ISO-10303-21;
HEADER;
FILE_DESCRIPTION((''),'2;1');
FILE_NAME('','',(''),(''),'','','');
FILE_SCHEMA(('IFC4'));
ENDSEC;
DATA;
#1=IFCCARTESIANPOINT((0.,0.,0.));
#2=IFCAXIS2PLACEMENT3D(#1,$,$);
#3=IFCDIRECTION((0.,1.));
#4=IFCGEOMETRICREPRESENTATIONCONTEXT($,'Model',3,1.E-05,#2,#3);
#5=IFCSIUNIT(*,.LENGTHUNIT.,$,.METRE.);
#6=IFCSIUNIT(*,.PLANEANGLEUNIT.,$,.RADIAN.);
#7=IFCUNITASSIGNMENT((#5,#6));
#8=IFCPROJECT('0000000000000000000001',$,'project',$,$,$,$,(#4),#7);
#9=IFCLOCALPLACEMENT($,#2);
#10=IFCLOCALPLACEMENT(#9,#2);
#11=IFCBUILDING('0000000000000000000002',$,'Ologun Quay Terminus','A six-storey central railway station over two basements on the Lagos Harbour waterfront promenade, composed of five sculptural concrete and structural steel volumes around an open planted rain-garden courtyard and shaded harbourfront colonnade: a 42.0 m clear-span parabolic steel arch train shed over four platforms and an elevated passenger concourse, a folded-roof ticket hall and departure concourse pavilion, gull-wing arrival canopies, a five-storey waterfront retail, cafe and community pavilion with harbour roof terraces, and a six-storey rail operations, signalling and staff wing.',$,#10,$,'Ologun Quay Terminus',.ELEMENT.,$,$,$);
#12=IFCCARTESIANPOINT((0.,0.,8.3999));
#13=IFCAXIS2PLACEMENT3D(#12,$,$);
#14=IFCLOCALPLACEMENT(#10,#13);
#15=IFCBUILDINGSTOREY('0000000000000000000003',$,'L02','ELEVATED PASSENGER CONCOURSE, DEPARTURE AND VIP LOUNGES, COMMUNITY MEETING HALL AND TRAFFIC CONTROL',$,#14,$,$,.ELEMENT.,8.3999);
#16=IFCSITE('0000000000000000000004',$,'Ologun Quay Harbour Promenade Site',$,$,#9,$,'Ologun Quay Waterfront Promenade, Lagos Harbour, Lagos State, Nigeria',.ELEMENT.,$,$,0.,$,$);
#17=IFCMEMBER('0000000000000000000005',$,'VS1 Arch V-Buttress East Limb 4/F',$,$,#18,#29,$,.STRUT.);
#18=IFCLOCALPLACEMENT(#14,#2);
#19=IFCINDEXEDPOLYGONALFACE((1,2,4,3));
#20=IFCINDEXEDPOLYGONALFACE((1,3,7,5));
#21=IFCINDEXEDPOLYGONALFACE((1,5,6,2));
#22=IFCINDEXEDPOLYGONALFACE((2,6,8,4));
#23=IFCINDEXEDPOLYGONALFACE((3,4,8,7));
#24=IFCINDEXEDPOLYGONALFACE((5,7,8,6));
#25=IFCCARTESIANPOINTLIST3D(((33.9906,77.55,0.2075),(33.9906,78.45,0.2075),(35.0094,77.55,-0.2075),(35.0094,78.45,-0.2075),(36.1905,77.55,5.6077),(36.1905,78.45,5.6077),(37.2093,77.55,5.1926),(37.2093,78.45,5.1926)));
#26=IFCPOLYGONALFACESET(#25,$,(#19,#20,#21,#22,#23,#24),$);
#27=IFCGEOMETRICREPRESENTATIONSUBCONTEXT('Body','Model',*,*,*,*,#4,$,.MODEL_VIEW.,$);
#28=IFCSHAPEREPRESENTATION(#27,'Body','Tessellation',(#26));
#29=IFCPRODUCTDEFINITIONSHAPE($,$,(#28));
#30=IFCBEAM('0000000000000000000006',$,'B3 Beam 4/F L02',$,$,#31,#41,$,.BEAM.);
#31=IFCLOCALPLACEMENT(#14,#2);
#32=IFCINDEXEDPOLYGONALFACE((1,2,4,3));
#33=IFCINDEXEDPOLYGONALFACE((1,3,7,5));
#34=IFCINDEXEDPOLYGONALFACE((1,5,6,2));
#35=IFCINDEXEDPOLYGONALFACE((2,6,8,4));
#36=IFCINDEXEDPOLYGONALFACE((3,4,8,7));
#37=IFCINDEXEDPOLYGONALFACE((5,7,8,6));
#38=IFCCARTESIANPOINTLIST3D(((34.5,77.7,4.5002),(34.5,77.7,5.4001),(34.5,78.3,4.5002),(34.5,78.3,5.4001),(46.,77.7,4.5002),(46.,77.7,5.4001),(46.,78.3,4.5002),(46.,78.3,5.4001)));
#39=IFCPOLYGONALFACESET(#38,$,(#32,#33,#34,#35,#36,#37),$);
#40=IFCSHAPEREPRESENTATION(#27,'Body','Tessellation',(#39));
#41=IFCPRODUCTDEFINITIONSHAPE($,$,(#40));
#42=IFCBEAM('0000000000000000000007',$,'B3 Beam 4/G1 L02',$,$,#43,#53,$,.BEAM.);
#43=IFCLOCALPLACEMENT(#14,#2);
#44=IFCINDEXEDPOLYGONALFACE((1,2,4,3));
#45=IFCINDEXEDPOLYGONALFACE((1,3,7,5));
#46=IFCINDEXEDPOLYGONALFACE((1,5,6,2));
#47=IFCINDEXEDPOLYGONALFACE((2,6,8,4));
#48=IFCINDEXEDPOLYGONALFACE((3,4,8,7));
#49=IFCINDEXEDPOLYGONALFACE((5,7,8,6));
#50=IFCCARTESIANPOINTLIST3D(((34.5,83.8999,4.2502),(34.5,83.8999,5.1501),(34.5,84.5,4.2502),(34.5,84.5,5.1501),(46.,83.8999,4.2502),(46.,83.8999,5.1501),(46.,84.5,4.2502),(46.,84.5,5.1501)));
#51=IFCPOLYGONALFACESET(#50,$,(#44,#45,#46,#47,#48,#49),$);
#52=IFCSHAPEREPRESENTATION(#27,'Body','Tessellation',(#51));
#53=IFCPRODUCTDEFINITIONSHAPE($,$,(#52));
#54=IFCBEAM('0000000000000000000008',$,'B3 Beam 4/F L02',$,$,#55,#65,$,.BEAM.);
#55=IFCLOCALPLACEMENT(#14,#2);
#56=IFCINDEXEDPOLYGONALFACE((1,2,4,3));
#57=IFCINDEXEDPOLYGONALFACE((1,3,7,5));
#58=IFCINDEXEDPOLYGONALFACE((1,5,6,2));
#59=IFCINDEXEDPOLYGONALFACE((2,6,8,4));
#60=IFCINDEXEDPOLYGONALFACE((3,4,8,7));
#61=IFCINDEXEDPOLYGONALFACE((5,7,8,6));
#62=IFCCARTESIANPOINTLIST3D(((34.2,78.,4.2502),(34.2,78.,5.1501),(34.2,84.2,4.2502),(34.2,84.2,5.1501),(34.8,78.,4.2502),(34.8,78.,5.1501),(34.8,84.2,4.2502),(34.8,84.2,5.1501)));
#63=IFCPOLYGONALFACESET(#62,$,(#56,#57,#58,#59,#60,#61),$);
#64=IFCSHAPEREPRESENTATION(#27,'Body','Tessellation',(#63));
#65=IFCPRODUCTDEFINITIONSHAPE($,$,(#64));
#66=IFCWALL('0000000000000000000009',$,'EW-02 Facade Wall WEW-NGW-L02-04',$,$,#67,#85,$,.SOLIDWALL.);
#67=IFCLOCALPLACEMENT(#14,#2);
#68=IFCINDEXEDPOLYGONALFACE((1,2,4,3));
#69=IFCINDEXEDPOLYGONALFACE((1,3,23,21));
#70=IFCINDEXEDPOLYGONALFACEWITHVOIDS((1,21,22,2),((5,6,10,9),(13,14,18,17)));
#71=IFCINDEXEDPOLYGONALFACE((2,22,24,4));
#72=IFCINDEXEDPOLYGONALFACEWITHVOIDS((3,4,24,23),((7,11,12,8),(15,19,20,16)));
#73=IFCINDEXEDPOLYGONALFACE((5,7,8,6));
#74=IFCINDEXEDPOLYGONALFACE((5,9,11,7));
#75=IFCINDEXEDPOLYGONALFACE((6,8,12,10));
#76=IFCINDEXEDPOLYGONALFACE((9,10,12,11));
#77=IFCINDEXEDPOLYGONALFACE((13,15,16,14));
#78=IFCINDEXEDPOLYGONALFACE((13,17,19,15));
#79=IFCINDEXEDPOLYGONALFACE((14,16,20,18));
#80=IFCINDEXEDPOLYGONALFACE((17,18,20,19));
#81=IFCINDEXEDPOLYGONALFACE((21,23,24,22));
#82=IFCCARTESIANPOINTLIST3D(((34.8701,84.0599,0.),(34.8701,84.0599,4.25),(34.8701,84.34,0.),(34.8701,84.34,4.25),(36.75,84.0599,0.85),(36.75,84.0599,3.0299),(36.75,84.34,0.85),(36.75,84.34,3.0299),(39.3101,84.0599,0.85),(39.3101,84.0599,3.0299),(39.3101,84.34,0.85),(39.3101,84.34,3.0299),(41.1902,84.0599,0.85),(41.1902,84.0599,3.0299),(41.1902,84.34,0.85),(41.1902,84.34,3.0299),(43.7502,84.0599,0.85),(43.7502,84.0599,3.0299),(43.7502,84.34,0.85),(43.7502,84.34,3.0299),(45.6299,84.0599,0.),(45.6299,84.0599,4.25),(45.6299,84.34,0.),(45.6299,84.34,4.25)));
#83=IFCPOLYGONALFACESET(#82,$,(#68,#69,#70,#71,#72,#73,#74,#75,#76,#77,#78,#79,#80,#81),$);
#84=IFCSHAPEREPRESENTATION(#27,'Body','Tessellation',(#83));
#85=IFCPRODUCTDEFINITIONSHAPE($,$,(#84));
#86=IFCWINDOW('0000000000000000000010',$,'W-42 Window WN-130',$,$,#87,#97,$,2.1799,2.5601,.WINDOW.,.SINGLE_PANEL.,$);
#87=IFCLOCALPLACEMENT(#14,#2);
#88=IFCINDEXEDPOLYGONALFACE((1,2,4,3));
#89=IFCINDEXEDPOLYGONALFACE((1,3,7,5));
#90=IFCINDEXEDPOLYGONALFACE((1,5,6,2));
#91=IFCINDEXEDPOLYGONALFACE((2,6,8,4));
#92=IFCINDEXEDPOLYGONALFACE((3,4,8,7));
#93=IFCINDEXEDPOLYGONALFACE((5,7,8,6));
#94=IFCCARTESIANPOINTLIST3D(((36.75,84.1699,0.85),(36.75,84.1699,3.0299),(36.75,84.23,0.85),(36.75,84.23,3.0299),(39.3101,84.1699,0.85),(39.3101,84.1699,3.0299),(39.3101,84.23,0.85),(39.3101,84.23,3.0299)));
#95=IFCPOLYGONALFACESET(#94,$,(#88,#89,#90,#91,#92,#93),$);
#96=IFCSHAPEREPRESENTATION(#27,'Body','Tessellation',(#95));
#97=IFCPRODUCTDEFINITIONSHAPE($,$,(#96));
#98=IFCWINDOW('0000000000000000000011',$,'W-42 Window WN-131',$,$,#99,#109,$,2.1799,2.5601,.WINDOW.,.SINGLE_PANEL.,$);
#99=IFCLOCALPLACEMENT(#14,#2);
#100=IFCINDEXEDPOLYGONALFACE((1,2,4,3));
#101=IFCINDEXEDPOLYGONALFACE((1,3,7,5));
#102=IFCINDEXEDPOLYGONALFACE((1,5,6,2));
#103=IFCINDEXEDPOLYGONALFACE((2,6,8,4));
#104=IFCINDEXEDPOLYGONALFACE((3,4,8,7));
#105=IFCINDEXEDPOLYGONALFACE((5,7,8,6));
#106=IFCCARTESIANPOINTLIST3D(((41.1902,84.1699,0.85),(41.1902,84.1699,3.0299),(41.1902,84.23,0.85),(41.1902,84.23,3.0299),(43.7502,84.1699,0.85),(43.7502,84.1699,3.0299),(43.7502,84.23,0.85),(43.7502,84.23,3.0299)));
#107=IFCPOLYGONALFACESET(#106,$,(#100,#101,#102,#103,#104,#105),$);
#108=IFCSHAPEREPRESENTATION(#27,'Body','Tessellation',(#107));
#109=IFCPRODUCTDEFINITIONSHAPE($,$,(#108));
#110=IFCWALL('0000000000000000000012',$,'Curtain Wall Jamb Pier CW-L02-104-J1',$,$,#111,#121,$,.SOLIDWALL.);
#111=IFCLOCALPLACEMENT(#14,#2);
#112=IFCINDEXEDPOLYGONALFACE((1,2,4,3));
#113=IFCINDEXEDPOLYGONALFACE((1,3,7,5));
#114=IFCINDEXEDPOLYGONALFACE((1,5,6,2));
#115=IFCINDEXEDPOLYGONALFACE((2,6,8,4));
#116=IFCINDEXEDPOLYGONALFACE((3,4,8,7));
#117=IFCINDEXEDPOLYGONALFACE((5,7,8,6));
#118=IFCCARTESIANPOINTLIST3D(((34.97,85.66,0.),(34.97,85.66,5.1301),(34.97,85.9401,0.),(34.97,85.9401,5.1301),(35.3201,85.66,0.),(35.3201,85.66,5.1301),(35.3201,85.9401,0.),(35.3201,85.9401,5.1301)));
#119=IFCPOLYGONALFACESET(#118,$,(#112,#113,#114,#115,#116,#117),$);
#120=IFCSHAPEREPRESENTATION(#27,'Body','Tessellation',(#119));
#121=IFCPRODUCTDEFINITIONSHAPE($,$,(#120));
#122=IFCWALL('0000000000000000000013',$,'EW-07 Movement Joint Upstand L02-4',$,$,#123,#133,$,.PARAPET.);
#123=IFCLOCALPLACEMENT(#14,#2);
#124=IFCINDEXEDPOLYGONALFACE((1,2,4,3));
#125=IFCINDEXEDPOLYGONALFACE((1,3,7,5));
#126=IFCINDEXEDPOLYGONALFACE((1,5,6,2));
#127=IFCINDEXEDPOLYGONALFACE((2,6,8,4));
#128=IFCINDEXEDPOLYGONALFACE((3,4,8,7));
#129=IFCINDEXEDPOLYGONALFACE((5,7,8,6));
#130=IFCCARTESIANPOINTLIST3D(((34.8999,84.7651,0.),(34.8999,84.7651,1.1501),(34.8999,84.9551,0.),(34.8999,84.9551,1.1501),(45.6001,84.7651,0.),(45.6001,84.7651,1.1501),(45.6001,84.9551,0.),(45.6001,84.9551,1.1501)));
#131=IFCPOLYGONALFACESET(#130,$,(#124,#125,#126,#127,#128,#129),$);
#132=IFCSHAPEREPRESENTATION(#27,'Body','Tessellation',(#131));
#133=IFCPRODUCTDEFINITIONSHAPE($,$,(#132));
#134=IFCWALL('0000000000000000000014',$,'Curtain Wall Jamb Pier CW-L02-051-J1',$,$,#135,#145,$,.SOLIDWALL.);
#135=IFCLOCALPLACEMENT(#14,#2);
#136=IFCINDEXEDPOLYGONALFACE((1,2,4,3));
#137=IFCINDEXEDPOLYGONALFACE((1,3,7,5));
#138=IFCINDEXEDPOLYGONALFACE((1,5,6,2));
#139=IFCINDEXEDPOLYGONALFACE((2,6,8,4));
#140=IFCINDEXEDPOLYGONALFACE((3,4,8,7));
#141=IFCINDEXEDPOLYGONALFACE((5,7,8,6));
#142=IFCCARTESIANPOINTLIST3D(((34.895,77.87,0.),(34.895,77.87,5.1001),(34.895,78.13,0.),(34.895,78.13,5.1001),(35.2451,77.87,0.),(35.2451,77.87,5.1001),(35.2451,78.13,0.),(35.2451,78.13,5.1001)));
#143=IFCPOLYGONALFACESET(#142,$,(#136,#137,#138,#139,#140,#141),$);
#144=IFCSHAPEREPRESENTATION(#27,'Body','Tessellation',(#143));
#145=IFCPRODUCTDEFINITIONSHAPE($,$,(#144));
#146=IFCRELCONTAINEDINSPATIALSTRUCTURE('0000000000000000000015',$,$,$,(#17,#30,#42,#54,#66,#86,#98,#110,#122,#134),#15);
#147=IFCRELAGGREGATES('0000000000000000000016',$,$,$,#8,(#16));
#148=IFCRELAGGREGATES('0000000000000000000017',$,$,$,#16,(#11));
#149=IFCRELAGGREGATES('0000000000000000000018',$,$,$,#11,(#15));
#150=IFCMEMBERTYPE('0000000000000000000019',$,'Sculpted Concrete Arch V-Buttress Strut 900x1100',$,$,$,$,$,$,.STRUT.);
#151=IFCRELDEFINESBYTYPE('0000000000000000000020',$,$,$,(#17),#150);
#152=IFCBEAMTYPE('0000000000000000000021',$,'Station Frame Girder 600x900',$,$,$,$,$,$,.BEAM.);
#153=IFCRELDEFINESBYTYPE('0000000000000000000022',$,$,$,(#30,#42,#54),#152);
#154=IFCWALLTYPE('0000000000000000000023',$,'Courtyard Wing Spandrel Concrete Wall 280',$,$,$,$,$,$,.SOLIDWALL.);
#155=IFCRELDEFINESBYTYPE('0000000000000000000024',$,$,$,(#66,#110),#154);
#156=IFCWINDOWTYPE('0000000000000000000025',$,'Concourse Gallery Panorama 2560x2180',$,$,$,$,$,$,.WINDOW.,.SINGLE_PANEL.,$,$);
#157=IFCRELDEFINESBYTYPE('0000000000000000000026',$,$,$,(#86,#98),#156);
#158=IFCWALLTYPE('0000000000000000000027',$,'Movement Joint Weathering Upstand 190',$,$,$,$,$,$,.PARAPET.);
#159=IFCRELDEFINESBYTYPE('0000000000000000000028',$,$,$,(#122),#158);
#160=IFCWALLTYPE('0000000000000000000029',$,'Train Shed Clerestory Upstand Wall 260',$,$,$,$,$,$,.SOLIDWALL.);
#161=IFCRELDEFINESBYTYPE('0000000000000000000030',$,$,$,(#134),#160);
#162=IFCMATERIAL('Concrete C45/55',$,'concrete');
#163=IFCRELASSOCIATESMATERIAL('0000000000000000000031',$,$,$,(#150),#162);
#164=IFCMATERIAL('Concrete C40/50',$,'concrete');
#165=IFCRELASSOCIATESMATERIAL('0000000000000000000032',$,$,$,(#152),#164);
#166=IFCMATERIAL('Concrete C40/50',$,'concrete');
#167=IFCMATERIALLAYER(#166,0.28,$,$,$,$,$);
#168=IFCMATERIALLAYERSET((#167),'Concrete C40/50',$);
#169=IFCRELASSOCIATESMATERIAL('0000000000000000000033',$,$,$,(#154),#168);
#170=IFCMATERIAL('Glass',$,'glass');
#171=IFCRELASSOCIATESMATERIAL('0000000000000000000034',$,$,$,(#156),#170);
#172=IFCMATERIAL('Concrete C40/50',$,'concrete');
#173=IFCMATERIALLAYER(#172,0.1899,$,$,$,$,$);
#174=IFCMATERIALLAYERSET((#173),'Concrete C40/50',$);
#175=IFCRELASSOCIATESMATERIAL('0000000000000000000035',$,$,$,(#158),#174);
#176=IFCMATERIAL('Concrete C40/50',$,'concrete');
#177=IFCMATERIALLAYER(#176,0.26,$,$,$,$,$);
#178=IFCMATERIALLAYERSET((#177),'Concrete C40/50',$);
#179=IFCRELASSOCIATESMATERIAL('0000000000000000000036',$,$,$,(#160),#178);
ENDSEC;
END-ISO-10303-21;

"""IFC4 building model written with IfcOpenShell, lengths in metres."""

from ifc_helpers import new_model, si_unit, direction, frame, frame_2d, origin, origin_2d, place, context, subcontext, project, spatial, rectangle, extrude, material, layer, layer_set, material_profile, profile_set, type_object, element, fill, save


model = new_model("IFC4")

# Units and contexts
model_context = context("Model", 3, precision=1e-05, world=origin(), true_north=direction((0.0, 1.0)))
body_context = subcontext(model_context, "Body", "Model", "MODEL_VIEW")
ifc_project = project(units=[si_unit("LENGTHUNIT", "METRE"), si_unit("PLANEANGLEUNIT", "RADIAN")], contexts=[model_context])

# Site, building, storey
site_placement = place(None, origin())
site = spatial("IfcSite", under=ifc_project, at=site_placement, Name="Ologun Quay Harbour Promenade Site", LongName="Ologun Quay Waterfront Promenade, Lagos Harbour, Lagos State, Nigeria", CompositionType="ELEMENT", RefElevation=0.0)
building_placement = place(site_placement, origin())
building = spatial("IfcBuilding", under=site, at=building_placement, Name="Ologun Quay Terminus", Description="A six-storey central railway station over two basements on the Lagos Harbour waterfront promenade, composed of five sculptural concrete and structural steel volumes around an open planted rain-garden courtyard and shaded harbourfront colonnade: a 42.0 m clear-span parabolic steel arch train shed over four platforms and an elevated passenger concourse, a folded-roof ticket hall and departure concourse pavilion, gull-wing arrival canopies, a five-storey waterfront retail, cafe and community pavilion with harbour roof terraces, and a six-storey rail operations, signalling and staff wing.", LongName="Ologun Quay Terminus", CompositionType="ELEMENT")
storey_placement = place(building_placement, frame((0.0, 0.0, 8.3999)))
storey = spatial("IfcBuildingStorey", under=building, at=storey_placement, Name="L02", Description="ELEVATED PASSENGER CONCOURSE, DEPARTURE AND VIP LOUNGES, COMMUNITY MEETING HALL AND TRAFFIC CONTROL", CompositionType="ELEMENT", Elevation=8.3999)

# Member
ifc_material_1 = material(Name="Concrete C45/55", Category="concrete")
ifc_material_profile_1 = material_profile(ifc_material_1, rectangle(XDim=0.8999, YDim=1.1001, at=origin_2d()), Name="RC 900x1100")
ifc_profile_set_1 = profile_set([ifc_material_profile_1], Name="Concrete C45/55")
member_type_1 = type_object("IfcMemberType", Name="Sculpted Concrete Arch V-Buttress Strut 900x1100", PredefinedType="STRUT", material=ifc_profile_set_1)
for number, where, z_axis, x_axis, name in (
    (1, (34.5, 78.0, 0.0), (0.377281, 0.0, 0.926099), (0.0, 1.0, 0.0), "VS1 Arch V-Buttress East Limb 4/F"),
):
    element("IfcMember", number, at=place(storey_placement, frame(where, z_axis=z_axis, x_axis=x_axis)), inside=storey, type_object=member_type_1, Name=name, PredefinedType="STRUT", context=body_context, shape_type="SweptSolid", body=[
        extrude(rectangle(XDim=0.8999, YDim=1.1001, at=origin_2d()), origin(), (0.0, 0.0, 1.0), 5.8311),
    ])

# Beams
ifc_material_2 = material(Name="Concrete C40/50", Category="concrete")
ifc_material_profile_2 = material_profile(ifc_material_2, rectangle(XDim=0.6001, YDim=0.8999, at=origin_2d()), Name="RC 600x900")
ifc_profile_set_2 = profile_set([ifc_material_profile_2], Name="Concrete C40/50")
beam_type_1 = type_object("IfcBeamType", Name="Station Frame Girder 600x900", PredefinedType="BEAM", material=ifc_profile_set_2)
for number, where, z_axis, x_axis, name in (
    (2, (34.5, 78.0, 4.9502), (1.0, 0.0, 0.0), (0.0, 1.0, 0.0), "B3 Beam 4/F L02"),
    (3, (34.5, 84.2, 4.7002), (1.0, 0.0, 0.0), (0.0, 1.0, 0.0), "B3 Beam 4/G1 L02"),
):
    element("IfcBeam", number, at=place(storey_placement, frame(where, z_axis=z_axis, x_axis=x_axis)), inside=storey, type_object=beam_type_1, Name=name, PredefinedType="BEAM", context=body_context, shape_type="SweptSolid", body=[
        extrude(rectangle(XDim=0.6001, YDim=0.8999, at=origin_2d()), origin(), (0.0, 0.0, 1.0), 11.5),
    ])
beam_1_placement = place(storey_placement, frame((34.5, 78.0, 4.7002), z_axis=(0.0, 1.0, 0.0), x_axis=(-1.0, 0.0, 0.0)))
element("IfcBeam", 4, at=beam_1_placement, inside=storey, type_object=beam_type_1, Name="B3 Beam 4/F L02", PredefinedType="BEAM", context=body_context, shape_type="SweptSolid", body=[
    extrude(rectangle(XDim=0.6001, YDim=0.8999, at=origin_2d()), origin(), (0.0, 0.0, 1.0), 6.2),
])

# Wall, openings, windows
ifc_material_3 = material(Name="Concrete C40/50", Category="concrete")
ifc_layer_1 = layer(ifc_material_3, 0.28)
ifc_layer_set_1 = layer_set([ifc_layer_1], Name="Concrete C40/50")
wall_type_1 = type_object("IfcWallType", Name="Courtyard Wing Spandrel Concrete Wall 280", PredefinedType="SOLIDWALL", material=ifc_layer_set_1)
wall_1_placement = place(storey_placement, frame((34.8701, 84.2, 0.0), z_axis=(0.0, 0.0, 1.0), x_axis=(1.0, 0.0, 0.0)))
wall_1 = element("IfcWall", 5, at=wall_1_placement, inside=storey, type_object=wall_type_1, Name="EW-02 Facade Wall WEW-NGW-L02-04", PredefinedType="SOLIDWALL", context=body_context, shape_type="SweptSolid", body=[
    extrude(rectangle(XDim=10.7598, YDim=0.28, at=frame_2d((5.3799, 0.0))), origin(), (0.0, 0.0, 1.0), 4.25),
])
opening_1_placement = place(wall_1_placement, frame((1.8799, 0.0, 0.8501)))
opening_1 = element("IfcOpeningElement", 6, at=opening_1_placement, cuts=wall_1, PredefinedType="OPENING", context=body_context, shape_type="SweptSolid", body=[
    extrude(rectangle(XDim=2.5601, YDim=2.1799, at=frame_2d((1.28, 1.0898))), frame((0.0, 0.1499, 0.0), z_axis=(0.0, -1.0, 0.0), x_axis=(1.0, 0.0, 0.0)), (0.0, 0.0, 1.0), 0.3),
])
opening_2_placement = place(wall_1_placement, frame((6.3201, 0.0, 0.8501)))
opening_2 = element("IfcOpeningElement", 7, at=opening_2_placement, cuts=wall_1, PredefinedType="OPENING", context=body_context, shape_type="SweptSolid", body=[
    extrude(rectangle(XDim=2.5601, YDim=2.1799, at=frame_2d((1.28, 1.0898))), frame((0.0, 0.1499, 0.0), z_axis=(0.0, -1.0, 0.0), x_axis=(1.0, 0.0, 0.0)), (0.0, 0.0, 1.0), 0.3),
])
ifc_material_4 = material(Name="Glass", Category="glass")
window_type = type_object("IfcWindowType", Name="Concourse Gallery Panorama 2560x2180", PartitioningType="SINGLE_PANEL", PredefinedType="WINDOW", material=ifc_material_4)
window_1_placement = place(opening_1_placement, origin())
window_1 = element("IfcWindow", 8, at=window_1_placement, inside=storey, type_object=window_type, Name="W-42 Window WN-130", OverallHeight=2.1799, OverallWidth=2.5601, PartitioningType="SINGLE_PANEL", PredefinedType="WINDOW", context=body_context, shape_type="SweptSolid", body=[
    extrude(rectangle(XDim=2.5601, YDim=2.1799, at=frame_2d((1.28, 1.0898))), frame((0.0, 0.03, 0.0), z_axis=(0.0, -1.0, 0.0), x_axis=(1.0, 0.0, 0.0)), (0.0, 0.0, 1.0), 0.0601),
])
fill(opening_1, window_1)
window_2_placement = place(opening_2_placement, origin())
window_2 = element("IfcWindow", 9, at=window_2_placement, inside=storey, type_object=window_type, Name="W-42 Window WN-131", OverallHeight=2.1799, OverallWidth=2.5601, PartitioningType="SINGLE_PANEL", PredefinedType="WINDOW", context=body_context, shape_type="SweptSolid", body=[
    extrude(rectangle(XDim=2.5601, YDim=2.1799, at=frame_2d((1.28, 1.0898))), frame((0.0, 0.03, 0.0), z_axis=(0.0, -1.0, 0.0), x_axis=(1.0, 0.0, 0.0)), (0.0, 0.0, 1.0), 0.0601),
])
fill(opening_2, window_2)

# Walls
wall_2_placement = place(storey_placement, frame((34.97, 85.8, 0.0), z_axis=(0.0, 0.0, 1.0), x_axis=(1.0, 0.0, 0.0)))
element("IfcWall", 10, at=wall_2_placement, inside=storey, type_object=wall_type_1, Name="Curtain Wall Jamb Pier CW-L02-104-J1", PredefinedType="SOLIDWALL", context=body_context, shape_type="SweptSolid", body=[
    extrude(rectangle(XDim=0.3501, YDim=0.28, at=frame_2d((0.175, 0.0))), origin(), (0.0, 0.0, 1.0), 5.1301),
])
ifc_material_5 = material(Name="Concrete C40/50", Category="concrete")
ifc_layer_2 = layer(ifc_material_5, 0.1899)
ifc_layer_set_2 = layer_set([ifc_layer_2], Name="Concrete C40/50")
wall_type_2 = type_object("IfcWallType", Name="Movement Joint Weathering Upstand 190", PredefinedType="PARAPET", material=ifc_layer_set_2)
wall_3_placement = place(storey_placement, frame((34.8999, 84.8601, 0.0), z_axis=(0.0, 0.0, 1.0), x_axis=(1.0, 0.0, 0.0)))
element("IfcWall", 11, at=wall_3_placement, inside=storey, type_object=wall_type_2, Name="EW-07 Movement Joint Upstand L02-4", PredefinedType="PARAPET", context=body_context, shape_type="SweptSolid", body=[
    extrude(rectangle(XDim=10.7002, YDim=0.1899, at=frame_2d((5.3501, 0.0))), origin(), (0.0, 0.0, 1.0), 1.1501),
])
ifc_material_6 = material(Name="Concrete C40/50", Category="concrete")
ifc_layer_3 = layer(ifc_material_6, 0.26)
ifc_layer_set_3 = layer_set([ifc_layer_3], Name="Concrete C40/50")
wall_type_3 = type_object("IfcWallType", Name="Train Shed Clerestory Upstand Wall 260", PredefinedType="SOLIDWALL", material=ifc_layer_set_3)
wall_4_placement = place(storey_placement, frame((34.895, 78.0, 0.0), z_axis=(0.0, 0.0, 1.0), x_axis=(1.0, 0.0, 0.0)))
element("IfcWall", 12, at=wall_4_placement, inside=storey, type_object=wall_type_3, Name="Curtain Wall Jamb Pier CW-L02-051-J1", PredefinedType="SOLIDWALL", context=body_context, shape_type="SweptSolid", body=[
    extrude(rectangle(XDim=0.3501, YDim=0.26, at=frame_2d((0.175, 0.0))), origin(), (0.0, 0.0, 1.0), 5.1001),
])

save(model, "model.ifc")
